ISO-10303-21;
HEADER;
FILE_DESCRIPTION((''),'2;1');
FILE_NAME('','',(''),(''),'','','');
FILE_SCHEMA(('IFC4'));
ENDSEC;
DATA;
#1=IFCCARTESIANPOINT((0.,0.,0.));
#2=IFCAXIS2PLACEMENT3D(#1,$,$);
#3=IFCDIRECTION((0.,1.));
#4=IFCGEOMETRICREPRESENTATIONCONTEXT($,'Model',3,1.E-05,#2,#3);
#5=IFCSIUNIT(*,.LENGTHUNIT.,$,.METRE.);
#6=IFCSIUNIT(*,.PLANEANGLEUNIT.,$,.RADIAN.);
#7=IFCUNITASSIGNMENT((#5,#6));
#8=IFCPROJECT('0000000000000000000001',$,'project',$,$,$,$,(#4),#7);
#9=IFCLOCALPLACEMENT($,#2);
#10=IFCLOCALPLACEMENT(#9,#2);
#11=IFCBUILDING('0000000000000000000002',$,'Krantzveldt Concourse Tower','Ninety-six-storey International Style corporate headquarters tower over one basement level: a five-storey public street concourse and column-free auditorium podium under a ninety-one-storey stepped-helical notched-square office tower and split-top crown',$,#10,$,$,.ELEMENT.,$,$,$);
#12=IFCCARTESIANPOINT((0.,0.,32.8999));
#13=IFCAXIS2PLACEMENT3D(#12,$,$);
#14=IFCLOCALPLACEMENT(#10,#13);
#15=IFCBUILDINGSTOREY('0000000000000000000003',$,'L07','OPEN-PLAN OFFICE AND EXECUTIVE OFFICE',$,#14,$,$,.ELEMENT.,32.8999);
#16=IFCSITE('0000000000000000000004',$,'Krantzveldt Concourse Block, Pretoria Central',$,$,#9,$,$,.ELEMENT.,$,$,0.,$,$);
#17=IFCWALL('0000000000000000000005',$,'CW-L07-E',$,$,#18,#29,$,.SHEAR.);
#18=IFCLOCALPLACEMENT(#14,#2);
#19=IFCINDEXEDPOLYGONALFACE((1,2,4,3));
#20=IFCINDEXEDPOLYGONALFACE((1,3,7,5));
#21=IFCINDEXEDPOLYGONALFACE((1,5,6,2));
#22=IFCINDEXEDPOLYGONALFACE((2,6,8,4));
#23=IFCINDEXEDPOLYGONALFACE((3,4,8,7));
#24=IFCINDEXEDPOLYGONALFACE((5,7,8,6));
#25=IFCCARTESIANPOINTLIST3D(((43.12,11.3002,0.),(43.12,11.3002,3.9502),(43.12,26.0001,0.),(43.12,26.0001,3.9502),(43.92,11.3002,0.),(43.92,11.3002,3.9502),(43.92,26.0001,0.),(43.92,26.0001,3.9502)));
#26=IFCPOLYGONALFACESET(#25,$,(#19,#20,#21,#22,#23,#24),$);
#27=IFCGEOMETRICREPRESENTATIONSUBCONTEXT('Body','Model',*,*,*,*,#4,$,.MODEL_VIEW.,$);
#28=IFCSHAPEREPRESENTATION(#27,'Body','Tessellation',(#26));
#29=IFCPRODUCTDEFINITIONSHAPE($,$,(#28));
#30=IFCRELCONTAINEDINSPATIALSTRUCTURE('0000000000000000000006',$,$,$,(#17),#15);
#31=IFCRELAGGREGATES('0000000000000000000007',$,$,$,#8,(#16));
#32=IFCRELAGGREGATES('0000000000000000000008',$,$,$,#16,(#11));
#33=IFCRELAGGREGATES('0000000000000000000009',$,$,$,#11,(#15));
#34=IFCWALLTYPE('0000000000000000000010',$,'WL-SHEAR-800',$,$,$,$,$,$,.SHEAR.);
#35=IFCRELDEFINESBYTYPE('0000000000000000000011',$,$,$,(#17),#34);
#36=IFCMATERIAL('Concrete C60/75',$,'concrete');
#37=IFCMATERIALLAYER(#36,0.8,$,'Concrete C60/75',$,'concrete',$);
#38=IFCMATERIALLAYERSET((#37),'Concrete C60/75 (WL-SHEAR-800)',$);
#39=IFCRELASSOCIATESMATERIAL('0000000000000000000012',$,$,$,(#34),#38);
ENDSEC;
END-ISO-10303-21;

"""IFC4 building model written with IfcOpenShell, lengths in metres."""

from ifc_helpers import new_model, si_unit, direction, frame, frame_2d, origin, place, context, subcontext, project, spatial, rectangle, extrude, material, layer, layer_set, type_object, element, save


model = new_model("IFC4")

# Units and contexts
model_context = context("Model", 3, precision=1e-05, world=origin(), true_north=direction((0.0, 1.0)))
body_context = subcontext(model_context, "Body", "Model", "MODEL_VIEW")
ifc_project = project(units=[si_unit("LENGTHUNIT", "METRE"), si_unit("PLANEANGLEUNIT", "RADIAN")], contexts=[model_context])

# Site, building, storey
site_placement = place(None, origin())
site = spatial("IfcSite", under=ifc_project, at=site_placement, Name="Krantzveldt Concourse Block, Pretoria Central", CompositionType="ELEMENT", RefElevation=0.0)
building_placement = place(site_placement, origin())
building = spatial("IfcBuilding", under=site, at=building_placement, Name="Krantzveldt Concourse Tower", Description="Ninety-six-storey International Style corporate headquarters tower over one basement level: a five-storey public street concourse and column-free auditorium podium under a ninety-one-storey stepped-helical notched-square office tower and split-top crown", CompositionType="ELEMENT")
storey_placement = place(building_placement, frame((0.0, 0.0, 32.8999)))
storey = spatial("IfcBuildingStorey", under=building, at=storey_placement, Name="L07", Description="OPEN-PLAN OFFICE AND EXECUTIVE OFFICE", CompositionType="ELEMENT", Elevation=32.8999)

# Shared definitions
ifc_material_1 = material(Name="Concrete C60/75", Category="concrete")

# Wall
ifc_layer_1 = layer(ifc_material_1, 0.8, Name="Concrete C60/75", Category="concrete")
ifc_layer_set_1 = layer_set([ifc_layer_1], Name="Concrete C60/75 (WL-SHEAR-800)")
wall_type_1 = type_object("IfcWallType", Name="WL-SHEAR-800", PredefinedType="SHEAR", material=ifc_layer_set_1)
wall_1_placement = place(storey_placement, frame((43.52, 11.3, 0.0), z_axis=(0.0, 0.0, 1.0), x_axis=(0.0, 1.0, 0.0)))
element("IfcWall", 1, at=wall_1_placement, inside=storey, type_object=wall_type_1, Name="CW-L07-E", PredefinedType="SHEAR", context=body_context, shape_type="SweptSolid", body=[
    extrude(rectangle(XDim=14.7, YDim=0.8, at=frame_2d((7.3501, 0.0))), origin(), (0.0, 0.0, 1.0), 3.9502),
])

save(model, "model.ifc")
